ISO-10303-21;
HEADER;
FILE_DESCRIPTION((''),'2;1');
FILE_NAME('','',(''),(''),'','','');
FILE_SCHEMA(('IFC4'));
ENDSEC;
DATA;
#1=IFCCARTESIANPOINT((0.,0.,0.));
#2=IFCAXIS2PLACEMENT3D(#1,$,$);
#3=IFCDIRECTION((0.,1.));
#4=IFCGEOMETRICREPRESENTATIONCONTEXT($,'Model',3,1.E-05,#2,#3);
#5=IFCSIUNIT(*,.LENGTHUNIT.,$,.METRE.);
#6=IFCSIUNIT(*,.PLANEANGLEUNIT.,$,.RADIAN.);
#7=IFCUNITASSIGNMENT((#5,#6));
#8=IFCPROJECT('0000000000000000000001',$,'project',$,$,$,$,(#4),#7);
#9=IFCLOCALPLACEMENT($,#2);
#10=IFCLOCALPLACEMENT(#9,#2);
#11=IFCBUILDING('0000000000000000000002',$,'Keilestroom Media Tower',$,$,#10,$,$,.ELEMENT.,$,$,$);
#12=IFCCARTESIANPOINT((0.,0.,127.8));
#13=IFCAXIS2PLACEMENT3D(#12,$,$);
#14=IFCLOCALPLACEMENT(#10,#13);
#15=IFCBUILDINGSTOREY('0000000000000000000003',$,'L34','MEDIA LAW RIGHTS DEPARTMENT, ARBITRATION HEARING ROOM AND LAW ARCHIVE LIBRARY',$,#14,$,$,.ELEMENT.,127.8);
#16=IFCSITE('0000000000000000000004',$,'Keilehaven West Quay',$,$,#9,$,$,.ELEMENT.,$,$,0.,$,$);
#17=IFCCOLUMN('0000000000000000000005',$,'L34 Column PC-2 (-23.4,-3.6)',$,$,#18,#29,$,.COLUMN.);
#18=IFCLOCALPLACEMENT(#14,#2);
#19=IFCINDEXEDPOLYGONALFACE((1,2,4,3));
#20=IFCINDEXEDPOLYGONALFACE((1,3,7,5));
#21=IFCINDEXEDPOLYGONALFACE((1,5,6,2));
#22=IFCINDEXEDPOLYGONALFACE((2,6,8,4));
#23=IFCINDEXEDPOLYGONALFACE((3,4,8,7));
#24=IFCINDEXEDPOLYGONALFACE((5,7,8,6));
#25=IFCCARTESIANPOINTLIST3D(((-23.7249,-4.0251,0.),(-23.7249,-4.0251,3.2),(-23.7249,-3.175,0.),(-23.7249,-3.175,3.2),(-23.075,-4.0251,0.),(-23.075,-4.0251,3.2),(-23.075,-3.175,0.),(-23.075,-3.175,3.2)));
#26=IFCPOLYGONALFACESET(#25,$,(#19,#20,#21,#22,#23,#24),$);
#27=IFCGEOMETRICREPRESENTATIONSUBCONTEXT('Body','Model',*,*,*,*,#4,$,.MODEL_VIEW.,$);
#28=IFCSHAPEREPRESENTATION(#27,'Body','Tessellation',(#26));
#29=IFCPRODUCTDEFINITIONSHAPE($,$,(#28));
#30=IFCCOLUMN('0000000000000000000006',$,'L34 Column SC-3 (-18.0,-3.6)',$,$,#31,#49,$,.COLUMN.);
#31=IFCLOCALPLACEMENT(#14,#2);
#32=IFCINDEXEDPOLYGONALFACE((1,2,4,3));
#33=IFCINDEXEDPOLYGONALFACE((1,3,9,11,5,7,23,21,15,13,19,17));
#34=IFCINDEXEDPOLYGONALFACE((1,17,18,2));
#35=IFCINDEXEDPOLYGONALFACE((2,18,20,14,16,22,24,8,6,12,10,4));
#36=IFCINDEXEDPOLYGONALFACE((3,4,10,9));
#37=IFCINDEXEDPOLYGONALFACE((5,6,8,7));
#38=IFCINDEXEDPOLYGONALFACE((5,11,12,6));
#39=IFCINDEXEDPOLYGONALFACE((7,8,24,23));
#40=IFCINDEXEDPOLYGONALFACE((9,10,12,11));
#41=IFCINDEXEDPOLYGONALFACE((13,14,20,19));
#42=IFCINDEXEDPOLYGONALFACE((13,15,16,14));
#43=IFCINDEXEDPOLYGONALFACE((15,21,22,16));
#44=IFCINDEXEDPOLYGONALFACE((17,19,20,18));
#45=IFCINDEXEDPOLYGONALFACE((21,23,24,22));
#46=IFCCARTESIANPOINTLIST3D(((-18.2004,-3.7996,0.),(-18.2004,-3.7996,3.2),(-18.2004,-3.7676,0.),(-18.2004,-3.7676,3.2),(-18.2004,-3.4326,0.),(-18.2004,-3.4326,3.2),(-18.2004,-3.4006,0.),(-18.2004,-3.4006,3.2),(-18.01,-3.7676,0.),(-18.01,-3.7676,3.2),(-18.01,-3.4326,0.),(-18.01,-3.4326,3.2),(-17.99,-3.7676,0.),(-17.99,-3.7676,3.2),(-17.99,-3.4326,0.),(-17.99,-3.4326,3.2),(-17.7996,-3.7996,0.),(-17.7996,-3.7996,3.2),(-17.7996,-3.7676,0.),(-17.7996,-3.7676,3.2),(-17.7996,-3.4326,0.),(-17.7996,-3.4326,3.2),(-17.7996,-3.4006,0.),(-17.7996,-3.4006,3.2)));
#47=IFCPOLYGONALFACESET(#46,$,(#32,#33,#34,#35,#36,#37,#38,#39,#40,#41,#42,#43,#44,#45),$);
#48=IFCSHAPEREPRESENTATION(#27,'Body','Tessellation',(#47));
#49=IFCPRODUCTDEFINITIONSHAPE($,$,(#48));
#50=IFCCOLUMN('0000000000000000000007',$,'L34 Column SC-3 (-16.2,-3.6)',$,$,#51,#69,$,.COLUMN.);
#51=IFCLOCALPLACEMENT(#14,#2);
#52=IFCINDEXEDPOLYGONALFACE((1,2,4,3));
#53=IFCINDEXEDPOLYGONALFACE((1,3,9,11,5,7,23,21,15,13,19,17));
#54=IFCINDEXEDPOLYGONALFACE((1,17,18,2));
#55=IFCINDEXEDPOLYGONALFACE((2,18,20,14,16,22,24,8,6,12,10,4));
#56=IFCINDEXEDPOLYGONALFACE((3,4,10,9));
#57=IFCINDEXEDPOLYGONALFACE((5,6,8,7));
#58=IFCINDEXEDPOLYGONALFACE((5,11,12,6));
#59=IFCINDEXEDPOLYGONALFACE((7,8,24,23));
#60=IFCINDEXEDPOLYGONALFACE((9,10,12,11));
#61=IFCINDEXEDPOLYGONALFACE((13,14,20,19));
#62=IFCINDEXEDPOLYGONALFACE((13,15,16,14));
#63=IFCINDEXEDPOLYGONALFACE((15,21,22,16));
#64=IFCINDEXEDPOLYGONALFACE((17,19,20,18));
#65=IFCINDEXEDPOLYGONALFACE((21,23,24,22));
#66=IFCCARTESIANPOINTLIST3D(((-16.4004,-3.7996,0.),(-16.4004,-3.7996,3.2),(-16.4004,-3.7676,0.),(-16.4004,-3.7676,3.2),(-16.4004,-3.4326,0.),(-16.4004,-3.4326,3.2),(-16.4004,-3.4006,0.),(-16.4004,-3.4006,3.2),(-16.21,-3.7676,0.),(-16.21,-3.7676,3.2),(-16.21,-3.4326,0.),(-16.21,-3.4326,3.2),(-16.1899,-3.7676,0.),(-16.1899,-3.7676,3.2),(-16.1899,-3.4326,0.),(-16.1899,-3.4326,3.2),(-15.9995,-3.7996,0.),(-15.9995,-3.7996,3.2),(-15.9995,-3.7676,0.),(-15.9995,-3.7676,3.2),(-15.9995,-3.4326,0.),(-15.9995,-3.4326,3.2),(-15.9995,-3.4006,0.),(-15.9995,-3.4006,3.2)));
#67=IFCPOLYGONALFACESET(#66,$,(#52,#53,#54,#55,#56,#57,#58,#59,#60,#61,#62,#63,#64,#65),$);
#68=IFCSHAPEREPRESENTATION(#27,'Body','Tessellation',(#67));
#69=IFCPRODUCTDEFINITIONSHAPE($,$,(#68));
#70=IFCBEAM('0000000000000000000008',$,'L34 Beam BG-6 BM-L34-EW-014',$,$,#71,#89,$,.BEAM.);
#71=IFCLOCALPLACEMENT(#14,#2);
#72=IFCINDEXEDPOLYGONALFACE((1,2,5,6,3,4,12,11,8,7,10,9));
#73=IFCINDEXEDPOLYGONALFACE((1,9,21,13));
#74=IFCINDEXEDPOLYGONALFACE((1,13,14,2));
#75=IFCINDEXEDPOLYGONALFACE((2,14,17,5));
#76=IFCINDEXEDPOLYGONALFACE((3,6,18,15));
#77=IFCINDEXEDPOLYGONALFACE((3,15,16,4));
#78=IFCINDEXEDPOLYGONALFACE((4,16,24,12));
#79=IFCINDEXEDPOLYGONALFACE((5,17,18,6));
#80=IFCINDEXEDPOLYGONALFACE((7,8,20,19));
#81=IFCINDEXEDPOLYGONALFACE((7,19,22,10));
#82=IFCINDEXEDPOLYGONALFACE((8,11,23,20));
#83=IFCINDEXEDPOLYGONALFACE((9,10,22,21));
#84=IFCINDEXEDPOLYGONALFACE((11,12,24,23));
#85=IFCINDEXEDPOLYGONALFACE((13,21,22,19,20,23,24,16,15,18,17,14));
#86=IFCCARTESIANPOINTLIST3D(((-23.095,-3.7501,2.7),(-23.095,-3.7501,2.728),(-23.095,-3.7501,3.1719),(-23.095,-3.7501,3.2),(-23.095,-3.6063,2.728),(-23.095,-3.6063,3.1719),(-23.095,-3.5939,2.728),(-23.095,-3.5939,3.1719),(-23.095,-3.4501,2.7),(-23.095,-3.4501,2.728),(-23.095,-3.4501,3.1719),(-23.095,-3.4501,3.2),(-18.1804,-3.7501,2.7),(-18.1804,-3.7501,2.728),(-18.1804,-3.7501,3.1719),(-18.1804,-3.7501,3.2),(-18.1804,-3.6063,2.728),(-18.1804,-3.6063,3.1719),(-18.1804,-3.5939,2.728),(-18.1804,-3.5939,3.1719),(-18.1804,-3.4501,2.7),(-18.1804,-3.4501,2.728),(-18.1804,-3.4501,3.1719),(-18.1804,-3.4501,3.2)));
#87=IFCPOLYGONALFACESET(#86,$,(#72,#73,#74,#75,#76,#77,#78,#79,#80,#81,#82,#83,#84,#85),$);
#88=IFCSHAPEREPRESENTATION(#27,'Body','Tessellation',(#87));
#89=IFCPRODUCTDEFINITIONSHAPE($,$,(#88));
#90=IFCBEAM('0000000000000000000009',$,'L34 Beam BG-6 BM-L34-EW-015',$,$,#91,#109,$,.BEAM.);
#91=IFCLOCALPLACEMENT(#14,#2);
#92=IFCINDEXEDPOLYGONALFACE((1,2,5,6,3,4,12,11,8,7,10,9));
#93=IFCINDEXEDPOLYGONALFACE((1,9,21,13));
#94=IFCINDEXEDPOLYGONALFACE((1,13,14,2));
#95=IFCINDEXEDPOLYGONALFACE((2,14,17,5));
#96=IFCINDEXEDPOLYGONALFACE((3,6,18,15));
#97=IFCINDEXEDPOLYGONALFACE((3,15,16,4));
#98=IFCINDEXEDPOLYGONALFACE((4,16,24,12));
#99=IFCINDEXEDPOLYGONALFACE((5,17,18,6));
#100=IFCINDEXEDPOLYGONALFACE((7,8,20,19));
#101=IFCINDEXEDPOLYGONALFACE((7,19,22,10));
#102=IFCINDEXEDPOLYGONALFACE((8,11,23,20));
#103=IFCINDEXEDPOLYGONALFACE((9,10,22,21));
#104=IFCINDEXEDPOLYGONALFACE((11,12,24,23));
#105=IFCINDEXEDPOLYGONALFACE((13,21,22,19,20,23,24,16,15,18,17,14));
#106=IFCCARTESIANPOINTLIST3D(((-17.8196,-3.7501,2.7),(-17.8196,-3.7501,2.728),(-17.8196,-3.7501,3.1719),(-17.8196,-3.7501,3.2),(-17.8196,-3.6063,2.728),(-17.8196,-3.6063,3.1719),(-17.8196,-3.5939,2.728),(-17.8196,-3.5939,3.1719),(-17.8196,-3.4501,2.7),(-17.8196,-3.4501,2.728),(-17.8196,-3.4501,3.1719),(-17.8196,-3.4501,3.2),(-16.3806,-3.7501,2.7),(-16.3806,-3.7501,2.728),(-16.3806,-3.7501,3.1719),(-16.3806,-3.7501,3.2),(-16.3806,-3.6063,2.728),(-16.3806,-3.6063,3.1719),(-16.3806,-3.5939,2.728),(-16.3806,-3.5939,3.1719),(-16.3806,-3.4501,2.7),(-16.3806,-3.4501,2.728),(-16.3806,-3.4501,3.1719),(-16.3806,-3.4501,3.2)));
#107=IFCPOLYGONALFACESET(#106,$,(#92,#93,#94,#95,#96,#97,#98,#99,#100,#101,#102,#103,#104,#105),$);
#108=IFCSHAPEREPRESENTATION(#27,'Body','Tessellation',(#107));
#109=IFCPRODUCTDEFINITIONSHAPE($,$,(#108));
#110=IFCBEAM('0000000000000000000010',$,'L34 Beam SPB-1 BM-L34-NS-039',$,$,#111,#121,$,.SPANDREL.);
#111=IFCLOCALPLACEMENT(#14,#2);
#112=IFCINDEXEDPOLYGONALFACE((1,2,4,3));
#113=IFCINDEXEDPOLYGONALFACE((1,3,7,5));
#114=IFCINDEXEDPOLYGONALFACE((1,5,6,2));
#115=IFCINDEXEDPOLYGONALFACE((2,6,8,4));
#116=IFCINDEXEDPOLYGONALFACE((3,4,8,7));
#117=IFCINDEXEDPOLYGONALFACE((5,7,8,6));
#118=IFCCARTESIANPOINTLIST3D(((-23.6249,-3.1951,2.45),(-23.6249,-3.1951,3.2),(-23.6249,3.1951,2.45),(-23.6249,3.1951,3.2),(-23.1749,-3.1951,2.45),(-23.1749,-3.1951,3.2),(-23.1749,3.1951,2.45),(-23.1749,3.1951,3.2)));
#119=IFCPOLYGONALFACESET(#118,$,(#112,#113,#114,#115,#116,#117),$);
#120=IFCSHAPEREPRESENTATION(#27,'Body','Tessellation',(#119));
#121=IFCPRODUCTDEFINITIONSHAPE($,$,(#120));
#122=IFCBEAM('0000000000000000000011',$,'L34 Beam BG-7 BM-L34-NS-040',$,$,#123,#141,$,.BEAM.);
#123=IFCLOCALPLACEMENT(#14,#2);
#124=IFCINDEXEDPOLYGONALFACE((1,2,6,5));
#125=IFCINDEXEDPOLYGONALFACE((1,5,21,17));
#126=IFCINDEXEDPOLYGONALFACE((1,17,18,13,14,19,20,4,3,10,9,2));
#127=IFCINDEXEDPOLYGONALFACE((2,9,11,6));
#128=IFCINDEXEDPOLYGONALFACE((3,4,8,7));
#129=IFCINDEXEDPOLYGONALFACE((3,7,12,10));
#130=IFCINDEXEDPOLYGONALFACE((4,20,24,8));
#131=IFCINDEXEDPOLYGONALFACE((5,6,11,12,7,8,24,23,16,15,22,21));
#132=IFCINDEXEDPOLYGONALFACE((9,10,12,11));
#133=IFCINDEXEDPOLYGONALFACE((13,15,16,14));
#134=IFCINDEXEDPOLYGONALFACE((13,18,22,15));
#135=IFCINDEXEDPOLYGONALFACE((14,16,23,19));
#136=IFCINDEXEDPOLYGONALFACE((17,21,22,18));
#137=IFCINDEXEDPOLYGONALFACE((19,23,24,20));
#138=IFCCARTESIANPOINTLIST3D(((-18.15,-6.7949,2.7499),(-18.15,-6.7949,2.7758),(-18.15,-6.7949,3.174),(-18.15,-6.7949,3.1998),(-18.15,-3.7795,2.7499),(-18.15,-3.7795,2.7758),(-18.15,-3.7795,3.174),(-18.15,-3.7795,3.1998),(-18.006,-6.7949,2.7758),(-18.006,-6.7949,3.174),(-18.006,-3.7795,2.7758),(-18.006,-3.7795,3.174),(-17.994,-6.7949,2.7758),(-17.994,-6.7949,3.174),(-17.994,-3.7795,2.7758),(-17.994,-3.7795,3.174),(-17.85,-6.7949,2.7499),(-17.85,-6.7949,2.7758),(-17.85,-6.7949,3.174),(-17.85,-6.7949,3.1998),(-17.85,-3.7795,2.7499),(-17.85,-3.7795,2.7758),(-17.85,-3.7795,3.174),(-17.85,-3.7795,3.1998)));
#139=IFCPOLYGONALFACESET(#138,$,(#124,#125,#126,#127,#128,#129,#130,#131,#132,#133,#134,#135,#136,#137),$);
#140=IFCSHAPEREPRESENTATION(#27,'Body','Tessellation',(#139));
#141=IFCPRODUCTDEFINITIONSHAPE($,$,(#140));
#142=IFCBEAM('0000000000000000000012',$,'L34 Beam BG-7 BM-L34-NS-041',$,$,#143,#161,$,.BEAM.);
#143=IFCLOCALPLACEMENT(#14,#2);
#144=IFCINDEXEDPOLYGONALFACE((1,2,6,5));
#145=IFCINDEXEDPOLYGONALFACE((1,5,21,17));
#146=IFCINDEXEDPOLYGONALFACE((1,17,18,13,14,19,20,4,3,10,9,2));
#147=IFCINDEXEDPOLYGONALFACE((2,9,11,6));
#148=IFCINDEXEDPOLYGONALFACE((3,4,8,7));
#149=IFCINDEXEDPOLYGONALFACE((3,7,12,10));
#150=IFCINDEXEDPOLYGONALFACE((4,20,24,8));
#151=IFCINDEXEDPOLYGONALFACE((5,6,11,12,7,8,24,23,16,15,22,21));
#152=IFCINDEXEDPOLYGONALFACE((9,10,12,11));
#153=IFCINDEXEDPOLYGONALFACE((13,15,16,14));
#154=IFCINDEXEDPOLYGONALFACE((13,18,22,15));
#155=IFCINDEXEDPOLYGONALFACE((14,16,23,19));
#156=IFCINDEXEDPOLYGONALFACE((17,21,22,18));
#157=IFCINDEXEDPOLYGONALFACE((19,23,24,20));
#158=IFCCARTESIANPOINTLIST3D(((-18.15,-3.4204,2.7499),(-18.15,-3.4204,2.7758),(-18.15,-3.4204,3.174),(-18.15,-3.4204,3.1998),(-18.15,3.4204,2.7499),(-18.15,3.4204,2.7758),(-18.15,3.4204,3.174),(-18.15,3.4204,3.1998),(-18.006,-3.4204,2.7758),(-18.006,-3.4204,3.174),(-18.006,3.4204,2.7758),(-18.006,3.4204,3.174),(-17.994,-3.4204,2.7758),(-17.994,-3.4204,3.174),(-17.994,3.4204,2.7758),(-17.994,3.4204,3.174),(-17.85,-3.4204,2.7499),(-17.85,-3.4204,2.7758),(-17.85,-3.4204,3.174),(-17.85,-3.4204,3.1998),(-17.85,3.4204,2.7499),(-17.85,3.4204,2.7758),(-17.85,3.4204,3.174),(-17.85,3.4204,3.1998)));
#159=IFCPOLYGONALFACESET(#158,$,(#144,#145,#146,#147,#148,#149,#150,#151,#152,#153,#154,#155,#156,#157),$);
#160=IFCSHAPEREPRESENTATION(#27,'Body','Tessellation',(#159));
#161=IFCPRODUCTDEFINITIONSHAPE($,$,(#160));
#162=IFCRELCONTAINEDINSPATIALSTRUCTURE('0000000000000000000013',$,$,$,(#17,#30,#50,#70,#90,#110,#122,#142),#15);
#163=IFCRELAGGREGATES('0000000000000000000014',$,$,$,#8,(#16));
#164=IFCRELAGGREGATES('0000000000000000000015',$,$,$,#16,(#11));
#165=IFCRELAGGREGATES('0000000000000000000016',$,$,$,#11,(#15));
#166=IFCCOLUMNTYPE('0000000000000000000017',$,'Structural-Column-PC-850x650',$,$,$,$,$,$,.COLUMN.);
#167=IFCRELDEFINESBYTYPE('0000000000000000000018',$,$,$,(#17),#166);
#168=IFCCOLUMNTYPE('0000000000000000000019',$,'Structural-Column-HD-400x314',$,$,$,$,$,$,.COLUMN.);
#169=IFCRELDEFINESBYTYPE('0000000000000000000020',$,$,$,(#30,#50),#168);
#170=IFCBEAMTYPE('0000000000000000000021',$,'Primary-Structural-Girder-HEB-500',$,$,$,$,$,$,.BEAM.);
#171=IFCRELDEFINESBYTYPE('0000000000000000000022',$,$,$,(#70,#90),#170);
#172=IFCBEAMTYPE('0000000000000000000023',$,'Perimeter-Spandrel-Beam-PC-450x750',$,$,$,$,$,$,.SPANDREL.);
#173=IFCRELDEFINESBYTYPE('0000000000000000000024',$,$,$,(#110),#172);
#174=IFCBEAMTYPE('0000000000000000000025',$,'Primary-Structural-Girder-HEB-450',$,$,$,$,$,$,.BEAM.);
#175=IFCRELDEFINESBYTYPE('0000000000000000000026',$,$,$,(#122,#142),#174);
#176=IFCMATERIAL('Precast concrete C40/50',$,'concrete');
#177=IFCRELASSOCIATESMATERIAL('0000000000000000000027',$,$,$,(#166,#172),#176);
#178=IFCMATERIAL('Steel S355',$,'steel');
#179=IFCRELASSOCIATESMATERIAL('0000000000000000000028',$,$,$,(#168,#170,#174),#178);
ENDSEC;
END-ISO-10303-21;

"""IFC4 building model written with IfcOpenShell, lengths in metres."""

from ifc_helpers import new_model, si_unit, direction, frame, origin, origin_2d, place, context, subcontext, project, spatial, rectangle, i_section, extrude, source, transform, mapped, material, material_profile, profile_set, type_object, element, save


model = new_model("IFC4")

# Units and contexts
model_context = context("Model", 3, precision=1e-05, world=origin(), true_north=direction((0.0, 1.0)))
body_context = subcontext(model_context, "Body", "Model", "MODEL_VIEW")
ifc_project = project(units=[si_unit("LENGTHUNIT", "METRE"), si_unit("PLANEANGLEUNIT", "RADIAN")], contexts=[model_context])

# Site, building, storey
site_placement = place(None, origin())
site = spatial("IfcSite", under=ifc_project, at=site_placement, Name="Keilehaven West Quay", CompositionType="ELEMENT", RefElevation=0.0)
building_placement = place(site_placement, origin())
building = spatial("IfcBuilding", under=site, at=building_placement, Name="Keilestroom Media Tower", CompositionType="ELEMENT")
storey_placement = place(building_placement, frame((0.0, 0.0, 127.8)))
storey = spatial("IfcBuildingStorey", under=building, at=storey_placement, Name="L34", Description="MEDIA LAW RIGHTS DEPARTMENT, ARBITRATION HEARING ROOM AND LAW ARCHIVE LIBRARY", CompositionType="ELEMENT", Elevation=127.8)

# Columns
ifc_material_1 = material(Name="Precast concrete C40/50", Category="concrete")
ifc_material_profile_1 = material_profile(ifc_material_1, rectangle(XDim=0.6499, YDim=0.8501, at=origin_2d()), Name="PC 850x650")
ifc_profile_set_1 = profile_set([ifc_material_profile_1], Name="Precast concrete C40/50")
column_type_1 = type_object("IfcColumnType", Name="Structural-Column-PC-850x650", PredefinedType="COLUMN", material=ifc_profile_set_1)
shared_shape_1 = source(origin(), body_context, "Body", "SweptSolid", [
    extrude(rectangle(XDim=0.6499, YDim=0.8501, at=origin_2d()), origin(), (0.0, 0.0, 1.0), 3.2),
])
column_placement = place(storey_placement, frame((-23.3999, -3.6001, 0.0), z_axis=(0.0, 0.0, 1.0), x_axis=(1.0, 0.0, 0.0)))
element("IfcColumn", 1, at=column_placement, inside=storey, type_object=column_type_1, Name="L34 Column PC-2 (-23.4,-3.6)", PredefinedType="COLUMN", context=body_context, shape_type="MappedRepresentation", body=[
    mapped(shared_shape_1, transform((0.0, 0.0, 0.0), x_axis=(1.0, 0.0, 0.0), y_axis=(0.0, 1.0, 0.0), z_axis=(0.0, 0.0, 1.0), scale=1.0)),
])
ifc_material_2 = material(Name="Steel S355", Category="steel")
ifc_material_profile_2 = material_profile(ifc_material_2, i_section(OverallWidth=0.4009, OverallDepth=0.3989, WebThickness=0.02, FlangeThickness=0.032, at=origin_2d()), Name="HD 400x314")
ifc_profile_set_2 = profile_set([ifc_material_profile_2], Name="Steel S355")
column_type_2 = type_object("IfcColumnType", Name="Structural-Column-HD-400x314", PredefinedType="COLUMN", material=ifc_profile_set_2)
shared_shape_2 = source(origin(), body_context, "Body", "SweptSolid", [
    extrude(i_section(OverallWidth=0.4009, OverallDepth=0.3989, WebThickness=0.02, FlangeThickness=0.032, at=origin_2d()), origin(), (0.0, 0.0, 1.0), 3.2),
])
for number, where, z_axis, x_axis, name in (
    (2, (-18.0, -3.6001, 0.0), (0.0, 0.0, 1.0), (1.0, 0.0, 0.0), "L34 Column SC-3 (-18.0,-3.6)"),
    (3, (-16.2, -3.6001, 0.0), (0.0, 0.0, 1.0), (1.0, 0.0, 0.0), "L34 Column SC-3 (-16.2,-3.6)"),
):
    element("IfcColumn", number, at=place(storey_placement, frame(where, z_axis=z_axis, x_axis=x_axis)), inside=storey, type_object=column_type_2, Name=name, PredefinedType="COLUMN", context=body_context, shape_type="MappedRepresentation", body=[
        mapped(shared_shape_2, transform((0.0, 0.0, 0.0), x_axis=(1.0, 0.0, 0.0), y_axis=(0.0, 1.0, 0.0), z_axis=(0.0, 0.0, 1.0), scale=1.0)),
    ])

# Beams
ifc_material_profile_3 = material_profile(ifc_material_2, i_section(OverallWidth=0.3, OverallDepth=0.5, WebThickness=0.0125, FlangeThickness=0.0281, at=origin_2d()), Name="HEB 500")
ifc_profile_set_3 = profile_set([ifc_material_profile_3], Name="Steel S355")
beam_type_1 = type_object("IfcBeamType", Name="Primary-Structural-Girder-HEB-500", PredefinedType="BEAM", material=ifc_profile_set_3)
shared_shape_3 = source(origin(), body_context, "Body", "SweptSolid", [
    extrude(i_section(OverallWidth=0.3, OverallDepth=0.5, WebThickness=0.0125, FlangeThickness=0.0281, at=origin_2d()), origin(), (0.0, 0.0, 1.0), 4.9146),
])
beam_1_placement = place(storey_placement, frame((-23.095, -3.6001, 2.95), z_axis=(1.0, 0.0, 0.0), x_axis=(0.0, 1.0, 0.0)))
element("IfcBeam", 4, at=beam_1_placement, inside=storey, type_object=beam_type_1, Name="L34 Beam BG-6 BM-L34-EW-014", PredefinedType="BEAM", context=body_context, shape_type="MappedRepresentation", body=[
    mapped(shared_shape_3, transform((0.0, 0.0, 0.0), x_axis=(1.0, 0.0, 0.0), y_axis=(0.0, 1.0, 0.0), z_axis=(0.0, 0.0, 1.0), scale=1.0)),
])
shared_shape_4 = source(origin(), body_context, "Body", "SweptSolid", [
    extrude(i_section(OverallWidth=0.3, OverallDepth=0.5, WebThickness=0.0125, FlangeThickness=0.0281, at=origin_2d()), origin(), (0.0, 0.0, 1.0), 1.439),
])
beam_2_placement = place(storey_placement, frame((-17.8196, -3.6001, 2.95), z_axis=(1.0, 0.0, 0.0), x_axis=(0.0, 1.0, 0.0)))
element("IfcBeam", 5, at=beam_2_placement, inside=storey, type_object=beam_type_1, Name="L34 Beam BG-6 BM-L34-EW-015", PredefinedType="BEAM", context=body_context, shape_type="MappedRepresentation", body=[
    mapped(shared_shape_4, transform((0.0, 0.0, 0.0), x_axis=(1.0, 0.0, 0.0), y_axis=(0.0, 1.0, 0.0), z_axis=(0.0, 0.0, 1.0), scale=1.0)),
])
ifc_material_profile_4 = material_profile(ifc_material_1, rectangle(XDim=0.45, YDim=0.75, at=origin_2d()), Name="PC 450x750")
ifc_profile_set_4 = profile_set([ifc_material_profile_4], Name="Precast concrete C40/50")
beam_type_2 = type_object("IfcBeamType", Name="Perimeter-Spandrel-Beam-PC-450x750", PredefinedType="SPANDREL", material=ifc_profile_set_4)
shared_shape_5 = source(origin(), body_context, "Body", "SweptSolid", [
    extrude(rectangle(XDim=0.45, YDim=0.75, at=origin_2d()), origin(), (0.0, 0.0, 1.0), 6.3901),
])
beam_3_placement = place(storey_placement, frame((-23.3999, -3.1951, 2.825), z_axis=(0.0, 1.0, 0.0), x_axis=(-1.0, 0.0, 0.0)))
element("IfcBeam", 6, at=beam_3_placement, inside=storey, type_object=beam_type_2, Name="L34 Beam SPB-1 BM-L34-NS-039", PredefinedType="SPANDREL", context=body_context, shape_type="MappedRepresentation", body=[
    mapped(shared_shape_5, transform((0.0, 0.0, 0.0), x_axis=(1.0, 0.0, 0.0), y_axis=(0.0, 1.0, 0.0), z_axis=(0.0, 0.0, 1.0), scale=1.0)),
])
ifc_material_profile_5 = material_profile(ifc_material_2, i_section(OverallWidth=0.3, OverallDepth=0.45, WebThickness=0.012, FlangeThickness=0.0259, at=origin_2d()), Name="HEB 450")
ifc_profile_set_5 = profile_set([ifc_material_profile_5], Name="Steel S355")
beam_type_3 = type_object("IfcBeamType", Name="Primary-Structural-Girder-HEB-450", PredefinedType="BEAM", material=ifc_profile_set_5)
shared_shape_6 = source(origin(), body_context, "Body", "SweptSolid", [
    extrude(i_section(OverallWidth=0.3, OverallDepth=0.45, WebThickness=0.012, FlangeThickness=0.0259, at=origin_2d()), origin(), (0.0, 0.0, 1.0), 3.0154),
])
beam_4_placement = place(storey_placement, frame((-18.0, -6.7949, 2.9749), z_axis=(0.0, 1.0, 0.0), x_axis=(-1.0, 0.0, 0.0)))
element("IfcBeam", 7, at=beam_4_placement, inside=storey, type_object=beam_type_3, Name="L34 Beam BG-7 BM-L34-NS-040", PredefinedType="BEAM", context=body_context, shape_type="MappedRepresentation", body=[
    mapped(shared_shape_6, transform((0.0, 0.0, 0.0), x_axis=(1.0, 0.0, 0.0), y_axis=(0.0, 1.0, 0.0), z_axis=(0.0, 0.0, 1.0), scale=1.0)),
])
shared_shape_7 = source(origin(), body_context, "Body", "SweptSolid", [
    extrude(i_section(OverallWidth=0.3, OverallDepth=0.45, WebThickness=0.012, FlangeThickness=0.0259, at=origin_2d()), origin(), (0.0, 0.0, 1.0), 6.8408),
])
beam_5_placement = place(storey_placement, frame((-18.0, -3.4204, 2.9749), z_axis=(0.0, 1.0, 0.0), x_axis=(-1.0, 0.0, 0.0)))
element("IfcBeam", 8, at=beam_5_placement, inside=storey, type_object=beam_type_3, Name="L34 Beam BG-7 BM-L34-NS-041", PredefinedType="BEAM", context=body_context, shape_type="MappedRepresentation", body=[
    mapped(shared_shape_7, transform((0.0, 0.0, 0.0), x_axis=(1.0, 0.0, 0.0), y_axis=(0.0, 1.0, 0.0), z_axis=(0.0, 0.0, 1.0), scale=1.0)),
])

save(model, "model.ifc")
